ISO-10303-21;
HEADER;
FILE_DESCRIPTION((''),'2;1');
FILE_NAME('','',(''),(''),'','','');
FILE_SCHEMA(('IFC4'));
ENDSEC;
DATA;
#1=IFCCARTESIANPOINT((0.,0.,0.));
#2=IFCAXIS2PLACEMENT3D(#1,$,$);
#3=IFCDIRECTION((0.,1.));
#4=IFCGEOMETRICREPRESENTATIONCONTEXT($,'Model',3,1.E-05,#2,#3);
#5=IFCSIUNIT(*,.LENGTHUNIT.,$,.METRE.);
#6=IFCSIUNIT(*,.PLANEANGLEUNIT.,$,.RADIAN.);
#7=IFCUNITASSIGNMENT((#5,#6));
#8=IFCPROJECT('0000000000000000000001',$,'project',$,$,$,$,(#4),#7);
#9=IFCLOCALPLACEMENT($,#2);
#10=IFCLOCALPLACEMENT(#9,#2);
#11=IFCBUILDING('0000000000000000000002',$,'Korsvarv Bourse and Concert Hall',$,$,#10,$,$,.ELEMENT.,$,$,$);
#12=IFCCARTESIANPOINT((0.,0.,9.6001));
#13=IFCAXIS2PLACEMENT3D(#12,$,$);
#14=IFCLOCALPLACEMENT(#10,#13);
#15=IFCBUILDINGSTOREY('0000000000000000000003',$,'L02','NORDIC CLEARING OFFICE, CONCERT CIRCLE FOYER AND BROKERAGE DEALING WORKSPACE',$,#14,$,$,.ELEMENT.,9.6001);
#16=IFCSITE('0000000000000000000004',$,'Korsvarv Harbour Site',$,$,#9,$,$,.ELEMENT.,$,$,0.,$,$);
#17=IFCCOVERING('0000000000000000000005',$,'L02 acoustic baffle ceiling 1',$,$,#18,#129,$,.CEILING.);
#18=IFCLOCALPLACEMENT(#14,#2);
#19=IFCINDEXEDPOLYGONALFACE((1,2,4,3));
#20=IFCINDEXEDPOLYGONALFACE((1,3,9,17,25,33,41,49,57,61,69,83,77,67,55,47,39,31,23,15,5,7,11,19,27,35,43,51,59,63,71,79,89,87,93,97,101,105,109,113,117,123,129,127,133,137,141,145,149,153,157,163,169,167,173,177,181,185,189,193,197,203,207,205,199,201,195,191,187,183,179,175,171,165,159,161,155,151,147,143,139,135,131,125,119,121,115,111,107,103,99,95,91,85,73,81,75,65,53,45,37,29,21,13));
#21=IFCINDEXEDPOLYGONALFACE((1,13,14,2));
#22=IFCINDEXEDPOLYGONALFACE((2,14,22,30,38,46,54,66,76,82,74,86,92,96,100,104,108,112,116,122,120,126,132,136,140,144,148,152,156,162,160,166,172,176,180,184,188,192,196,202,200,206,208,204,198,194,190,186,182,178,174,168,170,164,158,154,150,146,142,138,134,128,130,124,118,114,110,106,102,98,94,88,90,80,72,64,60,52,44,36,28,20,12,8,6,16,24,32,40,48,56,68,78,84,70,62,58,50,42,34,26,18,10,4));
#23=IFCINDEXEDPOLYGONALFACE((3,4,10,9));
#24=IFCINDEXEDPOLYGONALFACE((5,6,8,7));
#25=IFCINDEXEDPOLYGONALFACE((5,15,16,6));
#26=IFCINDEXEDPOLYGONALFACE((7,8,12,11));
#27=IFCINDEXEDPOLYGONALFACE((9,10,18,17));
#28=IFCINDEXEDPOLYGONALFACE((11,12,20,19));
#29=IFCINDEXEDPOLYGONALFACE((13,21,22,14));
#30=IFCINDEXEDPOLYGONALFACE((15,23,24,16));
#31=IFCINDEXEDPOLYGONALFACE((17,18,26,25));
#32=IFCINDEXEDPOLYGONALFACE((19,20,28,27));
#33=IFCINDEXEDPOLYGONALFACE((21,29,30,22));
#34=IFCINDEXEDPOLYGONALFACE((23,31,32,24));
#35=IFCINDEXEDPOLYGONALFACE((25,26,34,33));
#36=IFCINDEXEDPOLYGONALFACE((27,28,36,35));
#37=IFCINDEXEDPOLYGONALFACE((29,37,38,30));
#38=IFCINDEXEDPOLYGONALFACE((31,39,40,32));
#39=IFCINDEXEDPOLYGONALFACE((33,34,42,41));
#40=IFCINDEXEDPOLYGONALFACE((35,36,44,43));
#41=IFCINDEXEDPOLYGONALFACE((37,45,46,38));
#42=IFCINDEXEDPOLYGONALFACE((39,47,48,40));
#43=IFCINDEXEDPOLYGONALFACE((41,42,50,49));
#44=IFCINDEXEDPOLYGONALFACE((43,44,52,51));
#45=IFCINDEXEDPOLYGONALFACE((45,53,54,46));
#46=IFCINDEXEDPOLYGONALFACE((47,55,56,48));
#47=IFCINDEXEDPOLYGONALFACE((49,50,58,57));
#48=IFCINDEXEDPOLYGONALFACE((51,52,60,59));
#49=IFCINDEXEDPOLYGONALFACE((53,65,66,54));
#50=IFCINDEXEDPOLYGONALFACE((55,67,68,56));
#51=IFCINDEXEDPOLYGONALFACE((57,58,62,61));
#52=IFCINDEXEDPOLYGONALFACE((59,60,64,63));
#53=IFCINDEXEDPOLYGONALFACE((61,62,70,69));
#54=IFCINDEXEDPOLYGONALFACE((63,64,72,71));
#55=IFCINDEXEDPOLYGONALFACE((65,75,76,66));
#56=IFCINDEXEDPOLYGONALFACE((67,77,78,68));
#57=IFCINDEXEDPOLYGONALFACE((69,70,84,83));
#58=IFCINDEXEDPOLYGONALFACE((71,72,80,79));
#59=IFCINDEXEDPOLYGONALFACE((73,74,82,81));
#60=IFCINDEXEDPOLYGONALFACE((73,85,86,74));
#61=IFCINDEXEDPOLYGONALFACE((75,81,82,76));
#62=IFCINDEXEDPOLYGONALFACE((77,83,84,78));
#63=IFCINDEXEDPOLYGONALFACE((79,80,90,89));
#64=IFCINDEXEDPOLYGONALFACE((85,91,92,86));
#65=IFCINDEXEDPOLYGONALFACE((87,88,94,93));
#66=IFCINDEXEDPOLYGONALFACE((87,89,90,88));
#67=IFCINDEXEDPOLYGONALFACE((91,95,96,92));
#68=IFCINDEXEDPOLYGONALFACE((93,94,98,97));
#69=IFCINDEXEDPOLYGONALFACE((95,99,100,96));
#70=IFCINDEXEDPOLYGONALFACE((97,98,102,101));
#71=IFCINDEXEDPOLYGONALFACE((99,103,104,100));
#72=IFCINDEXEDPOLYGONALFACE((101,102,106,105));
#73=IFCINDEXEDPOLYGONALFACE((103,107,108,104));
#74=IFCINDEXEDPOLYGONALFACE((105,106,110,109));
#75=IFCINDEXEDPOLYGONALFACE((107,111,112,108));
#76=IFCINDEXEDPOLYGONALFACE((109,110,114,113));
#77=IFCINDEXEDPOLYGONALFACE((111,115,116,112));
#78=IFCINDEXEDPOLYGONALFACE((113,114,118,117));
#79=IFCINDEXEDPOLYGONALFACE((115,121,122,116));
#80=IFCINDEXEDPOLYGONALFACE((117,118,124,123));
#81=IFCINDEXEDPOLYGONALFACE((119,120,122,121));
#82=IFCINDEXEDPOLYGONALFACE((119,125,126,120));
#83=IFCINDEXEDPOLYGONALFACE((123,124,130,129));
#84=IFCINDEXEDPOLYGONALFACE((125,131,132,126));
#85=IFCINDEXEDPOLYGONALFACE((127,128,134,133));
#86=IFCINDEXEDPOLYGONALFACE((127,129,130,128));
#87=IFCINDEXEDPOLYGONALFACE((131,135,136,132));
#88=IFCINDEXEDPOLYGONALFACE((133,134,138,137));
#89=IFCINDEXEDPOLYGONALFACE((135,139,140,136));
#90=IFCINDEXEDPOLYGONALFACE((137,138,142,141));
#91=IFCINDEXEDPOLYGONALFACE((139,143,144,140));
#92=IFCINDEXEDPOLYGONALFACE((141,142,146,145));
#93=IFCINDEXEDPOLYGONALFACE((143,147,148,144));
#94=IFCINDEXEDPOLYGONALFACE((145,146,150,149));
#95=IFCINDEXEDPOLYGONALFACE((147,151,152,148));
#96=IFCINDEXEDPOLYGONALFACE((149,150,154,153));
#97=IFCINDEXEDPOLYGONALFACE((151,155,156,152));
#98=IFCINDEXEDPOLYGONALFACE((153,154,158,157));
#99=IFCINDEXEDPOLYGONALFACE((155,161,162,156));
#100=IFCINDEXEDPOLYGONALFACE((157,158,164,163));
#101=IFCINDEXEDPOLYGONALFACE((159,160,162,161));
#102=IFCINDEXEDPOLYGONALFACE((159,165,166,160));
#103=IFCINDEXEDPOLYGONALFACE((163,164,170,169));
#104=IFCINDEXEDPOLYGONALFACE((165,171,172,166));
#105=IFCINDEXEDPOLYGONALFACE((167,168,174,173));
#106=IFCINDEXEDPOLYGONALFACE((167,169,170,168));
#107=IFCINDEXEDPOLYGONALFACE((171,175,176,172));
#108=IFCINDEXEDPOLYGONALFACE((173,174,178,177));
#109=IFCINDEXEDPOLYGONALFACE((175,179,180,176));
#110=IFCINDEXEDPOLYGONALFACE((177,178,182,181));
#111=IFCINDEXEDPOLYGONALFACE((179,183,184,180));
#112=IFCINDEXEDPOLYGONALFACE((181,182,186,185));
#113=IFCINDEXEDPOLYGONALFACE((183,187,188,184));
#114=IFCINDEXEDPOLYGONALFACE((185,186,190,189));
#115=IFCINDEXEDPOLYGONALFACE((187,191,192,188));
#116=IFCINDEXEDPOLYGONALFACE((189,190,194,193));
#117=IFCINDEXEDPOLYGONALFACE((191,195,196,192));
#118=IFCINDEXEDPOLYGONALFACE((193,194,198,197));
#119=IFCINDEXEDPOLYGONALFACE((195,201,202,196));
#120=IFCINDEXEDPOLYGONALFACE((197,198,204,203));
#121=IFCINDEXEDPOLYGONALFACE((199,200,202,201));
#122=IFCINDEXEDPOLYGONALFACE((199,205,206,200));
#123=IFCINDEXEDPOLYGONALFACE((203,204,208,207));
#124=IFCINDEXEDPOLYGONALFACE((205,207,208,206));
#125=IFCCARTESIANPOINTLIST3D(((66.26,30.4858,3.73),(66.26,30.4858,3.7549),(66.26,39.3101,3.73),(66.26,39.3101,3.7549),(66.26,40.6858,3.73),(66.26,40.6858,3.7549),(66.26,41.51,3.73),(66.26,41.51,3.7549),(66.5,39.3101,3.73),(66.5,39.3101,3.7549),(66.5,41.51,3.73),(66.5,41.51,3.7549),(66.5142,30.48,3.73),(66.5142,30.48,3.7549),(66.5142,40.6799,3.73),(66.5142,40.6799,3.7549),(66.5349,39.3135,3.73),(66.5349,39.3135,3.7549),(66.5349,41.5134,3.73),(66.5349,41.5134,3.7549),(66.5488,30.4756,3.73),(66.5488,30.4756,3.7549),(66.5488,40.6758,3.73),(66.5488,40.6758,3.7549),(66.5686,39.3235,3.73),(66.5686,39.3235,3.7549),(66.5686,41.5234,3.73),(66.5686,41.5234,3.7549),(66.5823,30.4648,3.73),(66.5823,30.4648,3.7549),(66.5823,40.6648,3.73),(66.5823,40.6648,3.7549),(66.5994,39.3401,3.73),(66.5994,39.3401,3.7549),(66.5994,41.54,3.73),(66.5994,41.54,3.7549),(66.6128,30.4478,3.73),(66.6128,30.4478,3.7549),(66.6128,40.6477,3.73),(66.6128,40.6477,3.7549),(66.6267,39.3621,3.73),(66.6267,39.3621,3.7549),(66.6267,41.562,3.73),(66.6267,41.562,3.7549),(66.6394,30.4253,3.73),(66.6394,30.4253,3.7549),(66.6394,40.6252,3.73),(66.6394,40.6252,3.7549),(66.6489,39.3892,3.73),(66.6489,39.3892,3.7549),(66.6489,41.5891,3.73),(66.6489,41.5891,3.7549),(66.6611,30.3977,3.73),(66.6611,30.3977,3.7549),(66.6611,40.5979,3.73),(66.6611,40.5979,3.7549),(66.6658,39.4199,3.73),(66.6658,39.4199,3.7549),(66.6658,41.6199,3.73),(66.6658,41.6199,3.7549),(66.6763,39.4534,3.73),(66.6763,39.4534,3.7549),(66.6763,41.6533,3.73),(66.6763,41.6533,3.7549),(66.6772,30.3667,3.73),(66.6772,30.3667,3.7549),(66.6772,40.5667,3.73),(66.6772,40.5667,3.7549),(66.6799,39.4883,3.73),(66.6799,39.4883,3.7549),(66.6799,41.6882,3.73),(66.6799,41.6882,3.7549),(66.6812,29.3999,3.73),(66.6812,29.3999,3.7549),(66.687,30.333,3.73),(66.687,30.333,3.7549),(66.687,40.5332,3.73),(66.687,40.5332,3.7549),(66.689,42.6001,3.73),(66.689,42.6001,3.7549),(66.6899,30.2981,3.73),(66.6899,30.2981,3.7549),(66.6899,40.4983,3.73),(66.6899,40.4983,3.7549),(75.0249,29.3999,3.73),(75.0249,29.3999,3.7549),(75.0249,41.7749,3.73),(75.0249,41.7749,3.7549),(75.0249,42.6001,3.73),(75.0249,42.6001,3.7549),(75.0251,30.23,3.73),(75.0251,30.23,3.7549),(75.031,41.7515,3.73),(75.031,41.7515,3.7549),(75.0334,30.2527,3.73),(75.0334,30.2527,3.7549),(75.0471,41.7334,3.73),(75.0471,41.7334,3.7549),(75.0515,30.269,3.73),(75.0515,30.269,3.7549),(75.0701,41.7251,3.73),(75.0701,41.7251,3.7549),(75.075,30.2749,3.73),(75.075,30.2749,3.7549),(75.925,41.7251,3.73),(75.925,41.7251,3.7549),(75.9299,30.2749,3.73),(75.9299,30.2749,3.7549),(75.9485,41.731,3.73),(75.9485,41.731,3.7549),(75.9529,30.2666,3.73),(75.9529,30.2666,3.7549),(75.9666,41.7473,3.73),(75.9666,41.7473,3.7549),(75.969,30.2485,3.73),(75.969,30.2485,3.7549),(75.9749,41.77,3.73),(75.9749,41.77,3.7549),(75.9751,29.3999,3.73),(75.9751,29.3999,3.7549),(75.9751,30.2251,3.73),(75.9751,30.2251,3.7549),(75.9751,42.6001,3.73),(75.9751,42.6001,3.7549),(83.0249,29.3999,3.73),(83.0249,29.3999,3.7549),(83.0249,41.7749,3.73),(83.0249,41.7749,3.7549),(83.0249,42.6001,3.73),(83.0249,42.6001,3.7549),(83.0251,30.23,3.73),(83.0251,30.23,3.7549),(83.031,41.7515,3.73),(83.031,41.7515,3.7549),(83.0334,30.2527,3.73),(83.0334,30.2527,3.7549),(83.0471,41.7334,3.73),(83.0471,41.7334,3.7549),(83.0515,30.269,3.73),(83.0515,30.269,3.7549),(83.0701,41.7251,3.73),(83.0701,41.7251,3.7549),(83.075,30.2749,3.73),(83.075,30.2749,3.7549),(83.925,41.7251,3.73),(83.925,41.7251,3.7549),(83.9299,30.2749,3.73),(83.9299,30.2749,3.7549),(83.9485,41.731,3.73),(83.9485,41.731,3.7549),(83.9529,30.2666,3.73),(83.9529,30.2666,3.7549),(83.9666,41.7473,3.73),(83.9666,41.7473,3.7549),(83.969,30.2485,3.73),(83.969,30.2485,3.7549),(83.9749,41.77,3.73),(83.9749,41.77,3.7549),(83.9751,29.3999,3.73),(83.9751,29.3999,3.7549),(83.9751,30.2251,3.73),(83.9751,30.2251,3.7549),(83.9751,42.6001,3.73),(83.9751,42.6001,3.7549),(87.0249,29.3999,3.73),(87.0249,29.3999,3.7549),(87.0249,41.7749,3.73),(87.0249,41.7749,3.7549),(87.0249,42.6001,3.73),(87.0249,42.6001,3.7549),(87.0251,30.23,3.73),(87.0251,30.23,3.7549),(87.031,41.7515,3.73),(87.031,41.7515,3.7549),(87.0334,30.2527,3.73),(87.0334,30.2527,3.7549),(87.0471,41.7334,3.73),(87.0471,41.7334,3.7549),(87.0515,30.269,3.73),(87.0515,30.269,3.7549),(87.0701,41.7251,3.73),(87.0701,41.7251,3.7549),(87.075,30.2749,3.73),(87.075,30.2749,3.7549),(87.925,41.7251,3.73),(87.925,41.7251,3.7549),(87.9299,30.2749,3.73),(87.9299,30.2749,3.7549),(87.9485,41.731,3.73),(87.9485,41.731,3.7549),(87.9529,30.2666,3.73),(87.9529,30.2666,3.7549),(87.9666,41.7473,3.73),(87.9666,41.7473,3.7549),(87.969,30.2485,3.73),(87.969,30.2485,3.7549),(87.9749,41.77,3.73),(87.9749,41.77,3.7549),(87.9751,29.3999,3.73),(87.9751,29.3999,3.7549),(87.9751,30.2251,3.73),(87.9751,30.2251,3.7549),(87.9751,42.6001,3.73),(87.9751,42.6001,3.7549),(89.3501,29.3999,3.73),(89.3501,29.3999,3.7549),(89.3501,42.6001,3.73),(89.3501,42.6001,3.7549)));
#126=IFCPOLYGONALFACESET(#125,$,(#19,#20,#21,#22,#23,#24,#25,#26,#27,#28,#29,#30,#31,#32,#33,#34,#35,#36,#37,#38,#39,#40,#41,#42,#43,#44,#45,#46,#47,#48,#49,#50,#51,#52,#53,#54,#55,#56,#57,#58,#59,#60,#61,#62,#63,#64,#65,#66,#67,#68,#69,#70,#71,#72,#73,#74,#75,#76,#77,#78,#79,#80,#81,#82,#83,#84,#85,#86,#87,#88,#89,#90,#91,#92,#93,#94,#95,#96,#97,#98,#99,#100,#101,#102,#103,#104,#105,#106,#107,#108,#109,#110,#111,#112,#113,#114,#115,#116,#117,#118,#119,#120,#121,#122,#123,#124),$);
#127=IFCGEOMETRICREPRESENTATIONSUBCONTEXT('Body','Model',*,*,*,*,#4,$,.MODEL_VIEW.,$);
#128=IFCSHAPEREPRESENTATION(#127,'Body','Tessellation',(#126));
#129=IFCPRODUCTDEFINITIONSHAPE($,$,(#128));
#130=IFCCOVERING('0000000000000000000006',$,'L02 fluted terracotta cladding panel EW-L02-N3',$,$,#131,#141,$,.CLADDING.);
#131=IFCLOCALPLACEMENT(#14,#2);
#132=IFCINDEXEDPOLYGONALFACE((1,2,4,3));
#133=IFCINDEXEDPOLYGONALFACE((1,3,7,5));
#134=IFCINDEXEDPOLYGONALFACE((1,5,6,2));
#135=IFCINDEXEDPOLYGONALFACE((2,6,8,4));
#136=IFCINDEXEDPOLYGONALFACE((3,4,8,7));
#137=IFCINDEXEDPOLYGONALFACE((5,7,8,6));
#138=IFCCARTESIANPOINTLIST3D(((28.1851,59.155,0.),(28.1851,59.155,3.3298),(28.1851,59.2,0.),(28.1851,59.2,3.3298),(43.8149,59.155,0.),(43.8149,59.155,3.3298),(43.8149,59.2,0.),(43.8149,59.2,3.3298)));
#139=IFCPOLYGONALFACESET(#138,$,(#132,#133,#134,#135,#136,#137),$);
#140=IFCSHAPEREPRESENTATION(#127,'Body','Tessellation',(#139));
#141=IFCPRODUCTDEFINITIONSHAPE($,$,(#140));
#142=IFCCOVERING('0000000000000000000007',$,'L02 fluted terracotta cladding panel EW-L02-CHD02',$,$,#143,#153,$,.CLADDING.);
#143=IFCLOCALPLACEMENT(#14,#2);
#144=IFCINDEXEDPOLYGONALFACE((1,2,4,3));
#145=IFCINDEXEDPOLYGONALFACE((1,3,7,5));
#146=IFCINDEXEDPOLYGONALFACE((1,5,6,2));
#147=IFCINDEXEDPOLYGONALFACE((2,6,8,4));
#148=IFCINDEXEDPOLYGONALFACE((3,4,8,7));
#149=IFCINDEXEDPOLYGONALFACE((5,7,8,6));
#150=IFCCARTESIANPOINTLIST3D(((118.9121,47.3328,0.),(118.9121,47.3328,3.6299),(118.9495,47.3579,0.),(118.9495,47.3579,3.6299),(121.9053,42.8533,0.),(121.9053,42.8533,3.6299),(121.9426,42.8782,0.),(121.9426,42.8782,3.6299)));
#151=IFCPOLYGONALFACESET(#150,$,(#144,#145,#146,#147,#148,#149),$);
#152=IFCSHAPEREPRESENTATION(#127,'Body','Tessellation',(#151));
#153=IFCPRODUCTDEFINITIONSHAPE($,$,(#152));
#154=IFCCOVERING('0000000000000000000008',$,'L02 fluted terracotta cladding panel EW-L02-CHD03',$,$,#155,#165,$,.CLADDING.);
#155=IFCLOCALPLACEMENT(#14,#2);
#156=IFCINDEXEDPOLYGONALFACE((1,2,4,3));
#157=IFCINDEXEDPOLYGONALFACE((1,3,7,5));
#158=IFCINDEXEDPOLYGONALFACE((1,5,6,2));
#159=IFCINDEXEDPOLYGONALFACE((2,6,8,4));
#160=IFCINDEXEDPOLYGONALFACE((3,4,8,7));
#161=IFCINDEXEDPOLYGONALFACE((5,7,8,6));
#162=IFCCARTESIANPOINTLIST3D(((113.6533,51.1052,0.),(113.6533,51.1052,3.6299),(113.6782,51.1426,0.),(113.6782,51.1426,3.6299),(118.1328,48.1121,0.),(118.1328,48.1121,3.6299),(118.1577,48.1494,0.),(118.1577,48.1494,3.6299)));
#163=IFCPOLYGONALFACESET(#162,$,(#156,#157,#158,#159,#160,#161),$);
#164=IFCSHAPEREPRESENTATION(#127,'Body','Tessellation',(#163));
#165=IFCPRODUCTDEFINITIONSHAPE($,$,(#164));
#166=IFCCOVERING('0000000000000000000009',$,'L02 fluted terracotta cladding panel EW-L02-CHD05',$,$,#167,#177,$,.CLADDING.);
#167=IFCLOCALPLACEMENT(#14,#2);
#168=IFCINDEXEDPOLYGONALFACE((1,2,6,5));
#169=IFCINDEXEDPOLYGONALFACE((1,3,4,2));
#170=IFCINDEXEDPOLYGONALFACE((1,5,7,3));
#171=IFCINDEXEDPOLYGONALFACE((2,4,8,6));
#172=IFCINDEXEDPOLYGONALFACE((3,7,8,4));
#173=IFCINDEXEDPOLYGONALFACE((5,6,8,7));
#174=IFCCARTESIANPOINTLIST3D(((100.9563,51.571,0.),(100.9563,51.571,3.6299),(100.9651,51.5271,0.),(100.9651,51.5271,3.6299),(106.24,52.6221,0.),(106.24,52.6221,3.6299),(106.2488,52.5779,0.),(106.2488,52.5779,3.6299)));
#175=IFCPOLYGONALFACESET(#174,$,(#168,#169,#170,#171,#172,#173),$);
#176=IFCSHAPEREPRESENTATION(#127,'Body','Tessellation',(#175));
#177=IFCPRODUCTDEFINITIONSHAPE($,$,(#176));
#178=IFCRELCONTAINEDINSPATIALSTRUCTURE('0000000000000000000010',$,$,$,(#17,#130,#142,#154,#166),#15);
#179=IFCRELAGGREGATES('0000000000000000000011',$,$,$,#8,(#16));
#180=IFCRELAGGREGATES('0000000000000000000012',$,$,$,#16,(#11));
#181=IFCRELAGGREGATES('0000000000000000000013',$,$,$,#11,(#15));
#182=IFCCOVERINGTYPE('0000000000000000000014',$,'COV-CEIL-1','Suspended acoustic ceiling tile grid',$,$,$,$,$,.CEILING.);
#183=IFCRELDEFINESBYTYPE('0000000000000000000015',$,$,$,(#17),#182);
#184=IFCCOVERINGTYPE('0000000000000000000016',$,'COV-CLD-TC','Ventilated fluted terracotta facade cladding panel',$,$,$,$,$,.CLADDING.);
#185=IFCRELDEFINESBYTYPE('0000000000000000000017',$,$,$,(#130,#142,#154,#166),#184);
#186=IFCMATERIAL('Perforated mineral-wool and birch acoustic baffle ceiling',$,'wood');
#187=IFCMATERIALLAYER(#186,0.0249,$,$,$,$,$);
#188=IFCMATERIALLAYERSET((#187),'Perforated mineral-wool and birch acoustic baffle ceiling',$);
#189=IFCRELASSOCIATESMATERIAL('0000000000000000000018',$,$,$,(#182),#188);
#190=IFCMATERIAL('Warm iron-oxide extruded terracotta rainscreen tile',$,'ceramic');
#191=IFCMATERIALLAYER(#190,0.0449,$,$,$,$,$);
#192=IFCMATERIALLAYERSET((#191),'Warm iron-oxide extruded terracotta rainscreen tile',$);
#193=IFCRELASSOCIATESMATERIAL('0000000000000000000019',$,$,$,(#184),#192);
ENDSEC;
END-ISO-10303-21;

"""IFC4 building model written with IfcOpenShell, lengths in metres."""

from ifc_helpers import new_model, si_unit, direction, frame, origin, place, context, subcontext, project, spatial, polyline, outline, extrude, material, layer, layer_set, type_object, element, save


model = new_model("IFC4")

# Units and contexts
model_context = context("Model", 3, precision=1e-05, world=origin(), true_north=direction((0.0, 1.0)))
body_context = subcontext(model_context, "Body", "Model", "MODEL_VIEW")
ifc_project = project(units=[si_unit("LENGTHUNIT", "METRE"), si_unit("PLANEANGLEUNIT", "RADIAN")], contexts=[model_context])

# Site, building, storey
site_placement = place(None, origin())
site = spatial("IfcSite", under=ifc_project, at=site_placement, Name="Korsvarv Harbour Site", CompositionType="ELEMENT", RefElevation=0.0)
building_placement = place(site_placement, origin())
building = spatial("IfcBuilding", under=site, at=building_placement, Name="Korsvarv Bourse and Concert Hall", CompositionType="ELEMENT")
storey_placement = place(building_placement, frame((0.0, 0.0, 9.6001)))
storey = spatial("IfcBuildingStorey", under=building, at=storey_placement, Name="L02", Description="NORDIC CLEARING OFFICE, CONCERT CIRCLE FOYER AND BROKERAGE DEALING WORKSPACE", CompositionType="ELEMENT", Elevation=9.6001)

# Coverings
ifc_material_1 = material(Name="Perforated mineral-wool and birch acoustic baffle ceiling", Category="wood")
ifc_layer_1 = layer(ifc_material_1, 0.0249)
ifc_layer_set_1 = layer_set([ifc_layer_1], Name="Perforated mineral-wool and birch acoustic baffle ceiling")
covering_type_1 = type_object("IfcCoveringType", Name="COV-CEIL-1", Description="Suspended acoustic ceiling tile grid", PredefinedType="CEILING", material=ifc_layer_set_1)
covering_1_placement = place(storey_placement, frame((0.0, 0.0, 3.73)))
element("IfcCovering", 1, at=covering_1_placement, inside=storey, type_object=covering_type_1, Name="L02 acoustic baffle ceiling 1", PredefinedType="CEILING", context=body_context, shape_type="SweptSolid", body=[
    extrude(outline(polyline([(66.6899, 30.2981), (66.687, 30.333), (66.6772, 30.3667), (66.6611, 30.3977), (66.6394, 30.4253), (66.6128, 30.4478), (66.5823, 30.4648), (66.5488, 30.4756), (66.5142, 30.48), (66.26, 30.4858), (66.26, 39.3101), (66.5, 39.3101), (66.5349, 39.3135), (66.5686, 39.3235), (66.5994, 39.3401), (66.6267, 39.3621), (66.6489, 39.3892), (66.6658, 39.4199), (66.6763, 39.4534), (66.6799, 39.4883), (66.6899, 40.4983), (66.687, 40.5332), (66.6772, 40.5667), (66.6611, 40.5979), (66.6394, 40.6252), (66.6128, 40.6477), (66.5823, 40.6648), (66.5488, 40.6758), (66.5142, 40.6799), (66.26, 40.6858), (66.26, 41.51), (66.5, 41.51), (66.5349, 41.5134), (66.5686, 41.5234), (66.5994, 41.54), (66.6267, 41.562), (66.6489, 41.5891), (66.6658, 41.6199), (66.6763, 41.6533), (66.6799, 41.6882), (66.689, 42.6001), (75.0249, 42.6001), (75.0249, 41.7749), (75.031, 41.7515), (75.0471, 41.7334), (75.0701, 41.7251), (75.925, 41.7251), (75.9485, 41.731), (75.9666, 41.7473), (75.9749, 41.77), (75.9751, 42.6001), (83.0249, 42.6001), (83.0249, 41.7749), (83.031, 41.7515), (83.0471, 41.7334), (83.0701, 41.7251), (83.925, 41.7251), (83.9485, 41.731), (83.9666, 41.7473), (83.9749, 41.77), (83.9751, 42.6001), (87.0249, 42.6001), (87.0249, 41.7749), (87.031, 41.7515), (87.0471, 41.7334), (87.0701, 41.7251), (87.925, 41.7251), (87.9485, 41.731), (87.9666, 41.7473), (87.9749, 41.77), (87.9751, 42.6001), (89.3501, 42.6001), (89.3501, 29.3999), (87.9751, 29.3999), (87.9751, 30.2251), (87.969, 30.2485), (87.9529, 30.2666), (87.9299, 30.2749), (87.075, 30.2749), (87.0515, 30.269), (87.0334, 30.2527), (87.0251, 30.23), (87.0249, 29.3999), (83.9751, 29.3999), (83.9751, 30.2251), (83.969, 30.2485), (83.9529, 30.2666), (83.9299, 30.2749), (83.075, 30.2749), (83.0515, 30.269), (83.0334, 30.2527), (83.0251, 30.23), (83.0249, 29.3999), (75.9751, 29.3999), (75.9751, 30.2251), (75.969, 30.2485), (75.9529, 30.2666), (75.9299, 30.2749), (75.075, 30.2749), (75.0515, 30.269), (75.0334, 30.2527), (75.0251, 30.23), (75.0249, 29.3999), (66.6812, 29.3999), (66.6899, 30.2981)])), origin(), (0.0, 0.0, 1.0), 0.0249),
])
ifc_material_2 = material(Name="Warm iron-oxide extruded terracotta rainscreen tile", Category="ceramic")
ifc_layer_2 = layer(ifc_material_2, 0.0449)
ifc_layer_set_2 = layer_set([ifc_layer_2], Name="Warm iron-oxide extruded terracotta rainscreen tile")
covering_type_2 = type_object("IfcCoveringType", Name="COV-CLD-TC", Description="Ventilated fluted terracotta facade cladding panel", PredefinedType="CLADDING", material=ifc_layer_set_2)
covering_2_placement = place(storey_placement, origin())
element("IfcCovering", 2, at=covering_2_placement, inside=storey, type_object=covering_type_2, Name="L02 fluted terracotta cladding panel EW-L02-N3", PredefinedType="CLADDING", context=body_context, shape_type="SweptSolid", body=[
    extrude(outline(polyline([(28.1851, 59.155), (43.8149, 59.155), (43.8149, 59.2), (28.1851, 59.2), (28.1851, 59.155)])), origin(), (0.0, 0.0, 1.0), 3.3298),
])
covering_3_placement = place(storey_placement, origin())
element("IfcCovering", 3, at=covering_3_placement, inside=storey, type_object=covering_type_2, Name="L02 fluted terracotta cladding panel EW-L02-CHD02", PredefinedType="CLADDING", context=body_context, shape_type="SweptSolid", body=[
    extrude(outline(polyline([(121.9053, 42.8533), (118.9121, 47.3328), (118.9495, 47.3579), (121.9426, 42.8782), (121.9053, 42.8533)])), origin(), (0.0, 0.0, 1.0), 3.6299),
])
covering_4_placement = place(storey_placement, origin())
element("IfcCovering", 4, at=covering_4_placement, inside=storey, type_object=covering_type_2, Name="L02 fluted terracotta cladding panel EW-L02-CHD03", PredefinedType="CLADDING", context=body_context, shape_type="SweptSolid", body=[
    extrude(outline(polyline([(118.1328, 48.1121), (113.6533, 51.1052), (113.6782, 51.1426), (118.1577, 48.1494), (118.1328, 48.1121)])), origin(), (0.0, 0.0, 1.0), 3.6299),
])
covering_5_placement = place(storey_placement, origin())
element("IfcCovering", 5, at=covering_5_placement, inside=storey, type_object=covering_type_2, Name="L02 fluted terracotta cladding panel EW-L02-CHD05", PredefinedType="CLADDING", context=body_context, shape_type="SweptSolid", body=[
    extrude(outline(polyline([(106.2488, 52.5779), (100.9651, 51.5271), (100.9563, 51.571), (106.24, 52.6221), (106.2488, 52.5779)])), origin(), (0.0, 0.0, 1.0), 3.6299),
])

save(model, "model.ifc")
